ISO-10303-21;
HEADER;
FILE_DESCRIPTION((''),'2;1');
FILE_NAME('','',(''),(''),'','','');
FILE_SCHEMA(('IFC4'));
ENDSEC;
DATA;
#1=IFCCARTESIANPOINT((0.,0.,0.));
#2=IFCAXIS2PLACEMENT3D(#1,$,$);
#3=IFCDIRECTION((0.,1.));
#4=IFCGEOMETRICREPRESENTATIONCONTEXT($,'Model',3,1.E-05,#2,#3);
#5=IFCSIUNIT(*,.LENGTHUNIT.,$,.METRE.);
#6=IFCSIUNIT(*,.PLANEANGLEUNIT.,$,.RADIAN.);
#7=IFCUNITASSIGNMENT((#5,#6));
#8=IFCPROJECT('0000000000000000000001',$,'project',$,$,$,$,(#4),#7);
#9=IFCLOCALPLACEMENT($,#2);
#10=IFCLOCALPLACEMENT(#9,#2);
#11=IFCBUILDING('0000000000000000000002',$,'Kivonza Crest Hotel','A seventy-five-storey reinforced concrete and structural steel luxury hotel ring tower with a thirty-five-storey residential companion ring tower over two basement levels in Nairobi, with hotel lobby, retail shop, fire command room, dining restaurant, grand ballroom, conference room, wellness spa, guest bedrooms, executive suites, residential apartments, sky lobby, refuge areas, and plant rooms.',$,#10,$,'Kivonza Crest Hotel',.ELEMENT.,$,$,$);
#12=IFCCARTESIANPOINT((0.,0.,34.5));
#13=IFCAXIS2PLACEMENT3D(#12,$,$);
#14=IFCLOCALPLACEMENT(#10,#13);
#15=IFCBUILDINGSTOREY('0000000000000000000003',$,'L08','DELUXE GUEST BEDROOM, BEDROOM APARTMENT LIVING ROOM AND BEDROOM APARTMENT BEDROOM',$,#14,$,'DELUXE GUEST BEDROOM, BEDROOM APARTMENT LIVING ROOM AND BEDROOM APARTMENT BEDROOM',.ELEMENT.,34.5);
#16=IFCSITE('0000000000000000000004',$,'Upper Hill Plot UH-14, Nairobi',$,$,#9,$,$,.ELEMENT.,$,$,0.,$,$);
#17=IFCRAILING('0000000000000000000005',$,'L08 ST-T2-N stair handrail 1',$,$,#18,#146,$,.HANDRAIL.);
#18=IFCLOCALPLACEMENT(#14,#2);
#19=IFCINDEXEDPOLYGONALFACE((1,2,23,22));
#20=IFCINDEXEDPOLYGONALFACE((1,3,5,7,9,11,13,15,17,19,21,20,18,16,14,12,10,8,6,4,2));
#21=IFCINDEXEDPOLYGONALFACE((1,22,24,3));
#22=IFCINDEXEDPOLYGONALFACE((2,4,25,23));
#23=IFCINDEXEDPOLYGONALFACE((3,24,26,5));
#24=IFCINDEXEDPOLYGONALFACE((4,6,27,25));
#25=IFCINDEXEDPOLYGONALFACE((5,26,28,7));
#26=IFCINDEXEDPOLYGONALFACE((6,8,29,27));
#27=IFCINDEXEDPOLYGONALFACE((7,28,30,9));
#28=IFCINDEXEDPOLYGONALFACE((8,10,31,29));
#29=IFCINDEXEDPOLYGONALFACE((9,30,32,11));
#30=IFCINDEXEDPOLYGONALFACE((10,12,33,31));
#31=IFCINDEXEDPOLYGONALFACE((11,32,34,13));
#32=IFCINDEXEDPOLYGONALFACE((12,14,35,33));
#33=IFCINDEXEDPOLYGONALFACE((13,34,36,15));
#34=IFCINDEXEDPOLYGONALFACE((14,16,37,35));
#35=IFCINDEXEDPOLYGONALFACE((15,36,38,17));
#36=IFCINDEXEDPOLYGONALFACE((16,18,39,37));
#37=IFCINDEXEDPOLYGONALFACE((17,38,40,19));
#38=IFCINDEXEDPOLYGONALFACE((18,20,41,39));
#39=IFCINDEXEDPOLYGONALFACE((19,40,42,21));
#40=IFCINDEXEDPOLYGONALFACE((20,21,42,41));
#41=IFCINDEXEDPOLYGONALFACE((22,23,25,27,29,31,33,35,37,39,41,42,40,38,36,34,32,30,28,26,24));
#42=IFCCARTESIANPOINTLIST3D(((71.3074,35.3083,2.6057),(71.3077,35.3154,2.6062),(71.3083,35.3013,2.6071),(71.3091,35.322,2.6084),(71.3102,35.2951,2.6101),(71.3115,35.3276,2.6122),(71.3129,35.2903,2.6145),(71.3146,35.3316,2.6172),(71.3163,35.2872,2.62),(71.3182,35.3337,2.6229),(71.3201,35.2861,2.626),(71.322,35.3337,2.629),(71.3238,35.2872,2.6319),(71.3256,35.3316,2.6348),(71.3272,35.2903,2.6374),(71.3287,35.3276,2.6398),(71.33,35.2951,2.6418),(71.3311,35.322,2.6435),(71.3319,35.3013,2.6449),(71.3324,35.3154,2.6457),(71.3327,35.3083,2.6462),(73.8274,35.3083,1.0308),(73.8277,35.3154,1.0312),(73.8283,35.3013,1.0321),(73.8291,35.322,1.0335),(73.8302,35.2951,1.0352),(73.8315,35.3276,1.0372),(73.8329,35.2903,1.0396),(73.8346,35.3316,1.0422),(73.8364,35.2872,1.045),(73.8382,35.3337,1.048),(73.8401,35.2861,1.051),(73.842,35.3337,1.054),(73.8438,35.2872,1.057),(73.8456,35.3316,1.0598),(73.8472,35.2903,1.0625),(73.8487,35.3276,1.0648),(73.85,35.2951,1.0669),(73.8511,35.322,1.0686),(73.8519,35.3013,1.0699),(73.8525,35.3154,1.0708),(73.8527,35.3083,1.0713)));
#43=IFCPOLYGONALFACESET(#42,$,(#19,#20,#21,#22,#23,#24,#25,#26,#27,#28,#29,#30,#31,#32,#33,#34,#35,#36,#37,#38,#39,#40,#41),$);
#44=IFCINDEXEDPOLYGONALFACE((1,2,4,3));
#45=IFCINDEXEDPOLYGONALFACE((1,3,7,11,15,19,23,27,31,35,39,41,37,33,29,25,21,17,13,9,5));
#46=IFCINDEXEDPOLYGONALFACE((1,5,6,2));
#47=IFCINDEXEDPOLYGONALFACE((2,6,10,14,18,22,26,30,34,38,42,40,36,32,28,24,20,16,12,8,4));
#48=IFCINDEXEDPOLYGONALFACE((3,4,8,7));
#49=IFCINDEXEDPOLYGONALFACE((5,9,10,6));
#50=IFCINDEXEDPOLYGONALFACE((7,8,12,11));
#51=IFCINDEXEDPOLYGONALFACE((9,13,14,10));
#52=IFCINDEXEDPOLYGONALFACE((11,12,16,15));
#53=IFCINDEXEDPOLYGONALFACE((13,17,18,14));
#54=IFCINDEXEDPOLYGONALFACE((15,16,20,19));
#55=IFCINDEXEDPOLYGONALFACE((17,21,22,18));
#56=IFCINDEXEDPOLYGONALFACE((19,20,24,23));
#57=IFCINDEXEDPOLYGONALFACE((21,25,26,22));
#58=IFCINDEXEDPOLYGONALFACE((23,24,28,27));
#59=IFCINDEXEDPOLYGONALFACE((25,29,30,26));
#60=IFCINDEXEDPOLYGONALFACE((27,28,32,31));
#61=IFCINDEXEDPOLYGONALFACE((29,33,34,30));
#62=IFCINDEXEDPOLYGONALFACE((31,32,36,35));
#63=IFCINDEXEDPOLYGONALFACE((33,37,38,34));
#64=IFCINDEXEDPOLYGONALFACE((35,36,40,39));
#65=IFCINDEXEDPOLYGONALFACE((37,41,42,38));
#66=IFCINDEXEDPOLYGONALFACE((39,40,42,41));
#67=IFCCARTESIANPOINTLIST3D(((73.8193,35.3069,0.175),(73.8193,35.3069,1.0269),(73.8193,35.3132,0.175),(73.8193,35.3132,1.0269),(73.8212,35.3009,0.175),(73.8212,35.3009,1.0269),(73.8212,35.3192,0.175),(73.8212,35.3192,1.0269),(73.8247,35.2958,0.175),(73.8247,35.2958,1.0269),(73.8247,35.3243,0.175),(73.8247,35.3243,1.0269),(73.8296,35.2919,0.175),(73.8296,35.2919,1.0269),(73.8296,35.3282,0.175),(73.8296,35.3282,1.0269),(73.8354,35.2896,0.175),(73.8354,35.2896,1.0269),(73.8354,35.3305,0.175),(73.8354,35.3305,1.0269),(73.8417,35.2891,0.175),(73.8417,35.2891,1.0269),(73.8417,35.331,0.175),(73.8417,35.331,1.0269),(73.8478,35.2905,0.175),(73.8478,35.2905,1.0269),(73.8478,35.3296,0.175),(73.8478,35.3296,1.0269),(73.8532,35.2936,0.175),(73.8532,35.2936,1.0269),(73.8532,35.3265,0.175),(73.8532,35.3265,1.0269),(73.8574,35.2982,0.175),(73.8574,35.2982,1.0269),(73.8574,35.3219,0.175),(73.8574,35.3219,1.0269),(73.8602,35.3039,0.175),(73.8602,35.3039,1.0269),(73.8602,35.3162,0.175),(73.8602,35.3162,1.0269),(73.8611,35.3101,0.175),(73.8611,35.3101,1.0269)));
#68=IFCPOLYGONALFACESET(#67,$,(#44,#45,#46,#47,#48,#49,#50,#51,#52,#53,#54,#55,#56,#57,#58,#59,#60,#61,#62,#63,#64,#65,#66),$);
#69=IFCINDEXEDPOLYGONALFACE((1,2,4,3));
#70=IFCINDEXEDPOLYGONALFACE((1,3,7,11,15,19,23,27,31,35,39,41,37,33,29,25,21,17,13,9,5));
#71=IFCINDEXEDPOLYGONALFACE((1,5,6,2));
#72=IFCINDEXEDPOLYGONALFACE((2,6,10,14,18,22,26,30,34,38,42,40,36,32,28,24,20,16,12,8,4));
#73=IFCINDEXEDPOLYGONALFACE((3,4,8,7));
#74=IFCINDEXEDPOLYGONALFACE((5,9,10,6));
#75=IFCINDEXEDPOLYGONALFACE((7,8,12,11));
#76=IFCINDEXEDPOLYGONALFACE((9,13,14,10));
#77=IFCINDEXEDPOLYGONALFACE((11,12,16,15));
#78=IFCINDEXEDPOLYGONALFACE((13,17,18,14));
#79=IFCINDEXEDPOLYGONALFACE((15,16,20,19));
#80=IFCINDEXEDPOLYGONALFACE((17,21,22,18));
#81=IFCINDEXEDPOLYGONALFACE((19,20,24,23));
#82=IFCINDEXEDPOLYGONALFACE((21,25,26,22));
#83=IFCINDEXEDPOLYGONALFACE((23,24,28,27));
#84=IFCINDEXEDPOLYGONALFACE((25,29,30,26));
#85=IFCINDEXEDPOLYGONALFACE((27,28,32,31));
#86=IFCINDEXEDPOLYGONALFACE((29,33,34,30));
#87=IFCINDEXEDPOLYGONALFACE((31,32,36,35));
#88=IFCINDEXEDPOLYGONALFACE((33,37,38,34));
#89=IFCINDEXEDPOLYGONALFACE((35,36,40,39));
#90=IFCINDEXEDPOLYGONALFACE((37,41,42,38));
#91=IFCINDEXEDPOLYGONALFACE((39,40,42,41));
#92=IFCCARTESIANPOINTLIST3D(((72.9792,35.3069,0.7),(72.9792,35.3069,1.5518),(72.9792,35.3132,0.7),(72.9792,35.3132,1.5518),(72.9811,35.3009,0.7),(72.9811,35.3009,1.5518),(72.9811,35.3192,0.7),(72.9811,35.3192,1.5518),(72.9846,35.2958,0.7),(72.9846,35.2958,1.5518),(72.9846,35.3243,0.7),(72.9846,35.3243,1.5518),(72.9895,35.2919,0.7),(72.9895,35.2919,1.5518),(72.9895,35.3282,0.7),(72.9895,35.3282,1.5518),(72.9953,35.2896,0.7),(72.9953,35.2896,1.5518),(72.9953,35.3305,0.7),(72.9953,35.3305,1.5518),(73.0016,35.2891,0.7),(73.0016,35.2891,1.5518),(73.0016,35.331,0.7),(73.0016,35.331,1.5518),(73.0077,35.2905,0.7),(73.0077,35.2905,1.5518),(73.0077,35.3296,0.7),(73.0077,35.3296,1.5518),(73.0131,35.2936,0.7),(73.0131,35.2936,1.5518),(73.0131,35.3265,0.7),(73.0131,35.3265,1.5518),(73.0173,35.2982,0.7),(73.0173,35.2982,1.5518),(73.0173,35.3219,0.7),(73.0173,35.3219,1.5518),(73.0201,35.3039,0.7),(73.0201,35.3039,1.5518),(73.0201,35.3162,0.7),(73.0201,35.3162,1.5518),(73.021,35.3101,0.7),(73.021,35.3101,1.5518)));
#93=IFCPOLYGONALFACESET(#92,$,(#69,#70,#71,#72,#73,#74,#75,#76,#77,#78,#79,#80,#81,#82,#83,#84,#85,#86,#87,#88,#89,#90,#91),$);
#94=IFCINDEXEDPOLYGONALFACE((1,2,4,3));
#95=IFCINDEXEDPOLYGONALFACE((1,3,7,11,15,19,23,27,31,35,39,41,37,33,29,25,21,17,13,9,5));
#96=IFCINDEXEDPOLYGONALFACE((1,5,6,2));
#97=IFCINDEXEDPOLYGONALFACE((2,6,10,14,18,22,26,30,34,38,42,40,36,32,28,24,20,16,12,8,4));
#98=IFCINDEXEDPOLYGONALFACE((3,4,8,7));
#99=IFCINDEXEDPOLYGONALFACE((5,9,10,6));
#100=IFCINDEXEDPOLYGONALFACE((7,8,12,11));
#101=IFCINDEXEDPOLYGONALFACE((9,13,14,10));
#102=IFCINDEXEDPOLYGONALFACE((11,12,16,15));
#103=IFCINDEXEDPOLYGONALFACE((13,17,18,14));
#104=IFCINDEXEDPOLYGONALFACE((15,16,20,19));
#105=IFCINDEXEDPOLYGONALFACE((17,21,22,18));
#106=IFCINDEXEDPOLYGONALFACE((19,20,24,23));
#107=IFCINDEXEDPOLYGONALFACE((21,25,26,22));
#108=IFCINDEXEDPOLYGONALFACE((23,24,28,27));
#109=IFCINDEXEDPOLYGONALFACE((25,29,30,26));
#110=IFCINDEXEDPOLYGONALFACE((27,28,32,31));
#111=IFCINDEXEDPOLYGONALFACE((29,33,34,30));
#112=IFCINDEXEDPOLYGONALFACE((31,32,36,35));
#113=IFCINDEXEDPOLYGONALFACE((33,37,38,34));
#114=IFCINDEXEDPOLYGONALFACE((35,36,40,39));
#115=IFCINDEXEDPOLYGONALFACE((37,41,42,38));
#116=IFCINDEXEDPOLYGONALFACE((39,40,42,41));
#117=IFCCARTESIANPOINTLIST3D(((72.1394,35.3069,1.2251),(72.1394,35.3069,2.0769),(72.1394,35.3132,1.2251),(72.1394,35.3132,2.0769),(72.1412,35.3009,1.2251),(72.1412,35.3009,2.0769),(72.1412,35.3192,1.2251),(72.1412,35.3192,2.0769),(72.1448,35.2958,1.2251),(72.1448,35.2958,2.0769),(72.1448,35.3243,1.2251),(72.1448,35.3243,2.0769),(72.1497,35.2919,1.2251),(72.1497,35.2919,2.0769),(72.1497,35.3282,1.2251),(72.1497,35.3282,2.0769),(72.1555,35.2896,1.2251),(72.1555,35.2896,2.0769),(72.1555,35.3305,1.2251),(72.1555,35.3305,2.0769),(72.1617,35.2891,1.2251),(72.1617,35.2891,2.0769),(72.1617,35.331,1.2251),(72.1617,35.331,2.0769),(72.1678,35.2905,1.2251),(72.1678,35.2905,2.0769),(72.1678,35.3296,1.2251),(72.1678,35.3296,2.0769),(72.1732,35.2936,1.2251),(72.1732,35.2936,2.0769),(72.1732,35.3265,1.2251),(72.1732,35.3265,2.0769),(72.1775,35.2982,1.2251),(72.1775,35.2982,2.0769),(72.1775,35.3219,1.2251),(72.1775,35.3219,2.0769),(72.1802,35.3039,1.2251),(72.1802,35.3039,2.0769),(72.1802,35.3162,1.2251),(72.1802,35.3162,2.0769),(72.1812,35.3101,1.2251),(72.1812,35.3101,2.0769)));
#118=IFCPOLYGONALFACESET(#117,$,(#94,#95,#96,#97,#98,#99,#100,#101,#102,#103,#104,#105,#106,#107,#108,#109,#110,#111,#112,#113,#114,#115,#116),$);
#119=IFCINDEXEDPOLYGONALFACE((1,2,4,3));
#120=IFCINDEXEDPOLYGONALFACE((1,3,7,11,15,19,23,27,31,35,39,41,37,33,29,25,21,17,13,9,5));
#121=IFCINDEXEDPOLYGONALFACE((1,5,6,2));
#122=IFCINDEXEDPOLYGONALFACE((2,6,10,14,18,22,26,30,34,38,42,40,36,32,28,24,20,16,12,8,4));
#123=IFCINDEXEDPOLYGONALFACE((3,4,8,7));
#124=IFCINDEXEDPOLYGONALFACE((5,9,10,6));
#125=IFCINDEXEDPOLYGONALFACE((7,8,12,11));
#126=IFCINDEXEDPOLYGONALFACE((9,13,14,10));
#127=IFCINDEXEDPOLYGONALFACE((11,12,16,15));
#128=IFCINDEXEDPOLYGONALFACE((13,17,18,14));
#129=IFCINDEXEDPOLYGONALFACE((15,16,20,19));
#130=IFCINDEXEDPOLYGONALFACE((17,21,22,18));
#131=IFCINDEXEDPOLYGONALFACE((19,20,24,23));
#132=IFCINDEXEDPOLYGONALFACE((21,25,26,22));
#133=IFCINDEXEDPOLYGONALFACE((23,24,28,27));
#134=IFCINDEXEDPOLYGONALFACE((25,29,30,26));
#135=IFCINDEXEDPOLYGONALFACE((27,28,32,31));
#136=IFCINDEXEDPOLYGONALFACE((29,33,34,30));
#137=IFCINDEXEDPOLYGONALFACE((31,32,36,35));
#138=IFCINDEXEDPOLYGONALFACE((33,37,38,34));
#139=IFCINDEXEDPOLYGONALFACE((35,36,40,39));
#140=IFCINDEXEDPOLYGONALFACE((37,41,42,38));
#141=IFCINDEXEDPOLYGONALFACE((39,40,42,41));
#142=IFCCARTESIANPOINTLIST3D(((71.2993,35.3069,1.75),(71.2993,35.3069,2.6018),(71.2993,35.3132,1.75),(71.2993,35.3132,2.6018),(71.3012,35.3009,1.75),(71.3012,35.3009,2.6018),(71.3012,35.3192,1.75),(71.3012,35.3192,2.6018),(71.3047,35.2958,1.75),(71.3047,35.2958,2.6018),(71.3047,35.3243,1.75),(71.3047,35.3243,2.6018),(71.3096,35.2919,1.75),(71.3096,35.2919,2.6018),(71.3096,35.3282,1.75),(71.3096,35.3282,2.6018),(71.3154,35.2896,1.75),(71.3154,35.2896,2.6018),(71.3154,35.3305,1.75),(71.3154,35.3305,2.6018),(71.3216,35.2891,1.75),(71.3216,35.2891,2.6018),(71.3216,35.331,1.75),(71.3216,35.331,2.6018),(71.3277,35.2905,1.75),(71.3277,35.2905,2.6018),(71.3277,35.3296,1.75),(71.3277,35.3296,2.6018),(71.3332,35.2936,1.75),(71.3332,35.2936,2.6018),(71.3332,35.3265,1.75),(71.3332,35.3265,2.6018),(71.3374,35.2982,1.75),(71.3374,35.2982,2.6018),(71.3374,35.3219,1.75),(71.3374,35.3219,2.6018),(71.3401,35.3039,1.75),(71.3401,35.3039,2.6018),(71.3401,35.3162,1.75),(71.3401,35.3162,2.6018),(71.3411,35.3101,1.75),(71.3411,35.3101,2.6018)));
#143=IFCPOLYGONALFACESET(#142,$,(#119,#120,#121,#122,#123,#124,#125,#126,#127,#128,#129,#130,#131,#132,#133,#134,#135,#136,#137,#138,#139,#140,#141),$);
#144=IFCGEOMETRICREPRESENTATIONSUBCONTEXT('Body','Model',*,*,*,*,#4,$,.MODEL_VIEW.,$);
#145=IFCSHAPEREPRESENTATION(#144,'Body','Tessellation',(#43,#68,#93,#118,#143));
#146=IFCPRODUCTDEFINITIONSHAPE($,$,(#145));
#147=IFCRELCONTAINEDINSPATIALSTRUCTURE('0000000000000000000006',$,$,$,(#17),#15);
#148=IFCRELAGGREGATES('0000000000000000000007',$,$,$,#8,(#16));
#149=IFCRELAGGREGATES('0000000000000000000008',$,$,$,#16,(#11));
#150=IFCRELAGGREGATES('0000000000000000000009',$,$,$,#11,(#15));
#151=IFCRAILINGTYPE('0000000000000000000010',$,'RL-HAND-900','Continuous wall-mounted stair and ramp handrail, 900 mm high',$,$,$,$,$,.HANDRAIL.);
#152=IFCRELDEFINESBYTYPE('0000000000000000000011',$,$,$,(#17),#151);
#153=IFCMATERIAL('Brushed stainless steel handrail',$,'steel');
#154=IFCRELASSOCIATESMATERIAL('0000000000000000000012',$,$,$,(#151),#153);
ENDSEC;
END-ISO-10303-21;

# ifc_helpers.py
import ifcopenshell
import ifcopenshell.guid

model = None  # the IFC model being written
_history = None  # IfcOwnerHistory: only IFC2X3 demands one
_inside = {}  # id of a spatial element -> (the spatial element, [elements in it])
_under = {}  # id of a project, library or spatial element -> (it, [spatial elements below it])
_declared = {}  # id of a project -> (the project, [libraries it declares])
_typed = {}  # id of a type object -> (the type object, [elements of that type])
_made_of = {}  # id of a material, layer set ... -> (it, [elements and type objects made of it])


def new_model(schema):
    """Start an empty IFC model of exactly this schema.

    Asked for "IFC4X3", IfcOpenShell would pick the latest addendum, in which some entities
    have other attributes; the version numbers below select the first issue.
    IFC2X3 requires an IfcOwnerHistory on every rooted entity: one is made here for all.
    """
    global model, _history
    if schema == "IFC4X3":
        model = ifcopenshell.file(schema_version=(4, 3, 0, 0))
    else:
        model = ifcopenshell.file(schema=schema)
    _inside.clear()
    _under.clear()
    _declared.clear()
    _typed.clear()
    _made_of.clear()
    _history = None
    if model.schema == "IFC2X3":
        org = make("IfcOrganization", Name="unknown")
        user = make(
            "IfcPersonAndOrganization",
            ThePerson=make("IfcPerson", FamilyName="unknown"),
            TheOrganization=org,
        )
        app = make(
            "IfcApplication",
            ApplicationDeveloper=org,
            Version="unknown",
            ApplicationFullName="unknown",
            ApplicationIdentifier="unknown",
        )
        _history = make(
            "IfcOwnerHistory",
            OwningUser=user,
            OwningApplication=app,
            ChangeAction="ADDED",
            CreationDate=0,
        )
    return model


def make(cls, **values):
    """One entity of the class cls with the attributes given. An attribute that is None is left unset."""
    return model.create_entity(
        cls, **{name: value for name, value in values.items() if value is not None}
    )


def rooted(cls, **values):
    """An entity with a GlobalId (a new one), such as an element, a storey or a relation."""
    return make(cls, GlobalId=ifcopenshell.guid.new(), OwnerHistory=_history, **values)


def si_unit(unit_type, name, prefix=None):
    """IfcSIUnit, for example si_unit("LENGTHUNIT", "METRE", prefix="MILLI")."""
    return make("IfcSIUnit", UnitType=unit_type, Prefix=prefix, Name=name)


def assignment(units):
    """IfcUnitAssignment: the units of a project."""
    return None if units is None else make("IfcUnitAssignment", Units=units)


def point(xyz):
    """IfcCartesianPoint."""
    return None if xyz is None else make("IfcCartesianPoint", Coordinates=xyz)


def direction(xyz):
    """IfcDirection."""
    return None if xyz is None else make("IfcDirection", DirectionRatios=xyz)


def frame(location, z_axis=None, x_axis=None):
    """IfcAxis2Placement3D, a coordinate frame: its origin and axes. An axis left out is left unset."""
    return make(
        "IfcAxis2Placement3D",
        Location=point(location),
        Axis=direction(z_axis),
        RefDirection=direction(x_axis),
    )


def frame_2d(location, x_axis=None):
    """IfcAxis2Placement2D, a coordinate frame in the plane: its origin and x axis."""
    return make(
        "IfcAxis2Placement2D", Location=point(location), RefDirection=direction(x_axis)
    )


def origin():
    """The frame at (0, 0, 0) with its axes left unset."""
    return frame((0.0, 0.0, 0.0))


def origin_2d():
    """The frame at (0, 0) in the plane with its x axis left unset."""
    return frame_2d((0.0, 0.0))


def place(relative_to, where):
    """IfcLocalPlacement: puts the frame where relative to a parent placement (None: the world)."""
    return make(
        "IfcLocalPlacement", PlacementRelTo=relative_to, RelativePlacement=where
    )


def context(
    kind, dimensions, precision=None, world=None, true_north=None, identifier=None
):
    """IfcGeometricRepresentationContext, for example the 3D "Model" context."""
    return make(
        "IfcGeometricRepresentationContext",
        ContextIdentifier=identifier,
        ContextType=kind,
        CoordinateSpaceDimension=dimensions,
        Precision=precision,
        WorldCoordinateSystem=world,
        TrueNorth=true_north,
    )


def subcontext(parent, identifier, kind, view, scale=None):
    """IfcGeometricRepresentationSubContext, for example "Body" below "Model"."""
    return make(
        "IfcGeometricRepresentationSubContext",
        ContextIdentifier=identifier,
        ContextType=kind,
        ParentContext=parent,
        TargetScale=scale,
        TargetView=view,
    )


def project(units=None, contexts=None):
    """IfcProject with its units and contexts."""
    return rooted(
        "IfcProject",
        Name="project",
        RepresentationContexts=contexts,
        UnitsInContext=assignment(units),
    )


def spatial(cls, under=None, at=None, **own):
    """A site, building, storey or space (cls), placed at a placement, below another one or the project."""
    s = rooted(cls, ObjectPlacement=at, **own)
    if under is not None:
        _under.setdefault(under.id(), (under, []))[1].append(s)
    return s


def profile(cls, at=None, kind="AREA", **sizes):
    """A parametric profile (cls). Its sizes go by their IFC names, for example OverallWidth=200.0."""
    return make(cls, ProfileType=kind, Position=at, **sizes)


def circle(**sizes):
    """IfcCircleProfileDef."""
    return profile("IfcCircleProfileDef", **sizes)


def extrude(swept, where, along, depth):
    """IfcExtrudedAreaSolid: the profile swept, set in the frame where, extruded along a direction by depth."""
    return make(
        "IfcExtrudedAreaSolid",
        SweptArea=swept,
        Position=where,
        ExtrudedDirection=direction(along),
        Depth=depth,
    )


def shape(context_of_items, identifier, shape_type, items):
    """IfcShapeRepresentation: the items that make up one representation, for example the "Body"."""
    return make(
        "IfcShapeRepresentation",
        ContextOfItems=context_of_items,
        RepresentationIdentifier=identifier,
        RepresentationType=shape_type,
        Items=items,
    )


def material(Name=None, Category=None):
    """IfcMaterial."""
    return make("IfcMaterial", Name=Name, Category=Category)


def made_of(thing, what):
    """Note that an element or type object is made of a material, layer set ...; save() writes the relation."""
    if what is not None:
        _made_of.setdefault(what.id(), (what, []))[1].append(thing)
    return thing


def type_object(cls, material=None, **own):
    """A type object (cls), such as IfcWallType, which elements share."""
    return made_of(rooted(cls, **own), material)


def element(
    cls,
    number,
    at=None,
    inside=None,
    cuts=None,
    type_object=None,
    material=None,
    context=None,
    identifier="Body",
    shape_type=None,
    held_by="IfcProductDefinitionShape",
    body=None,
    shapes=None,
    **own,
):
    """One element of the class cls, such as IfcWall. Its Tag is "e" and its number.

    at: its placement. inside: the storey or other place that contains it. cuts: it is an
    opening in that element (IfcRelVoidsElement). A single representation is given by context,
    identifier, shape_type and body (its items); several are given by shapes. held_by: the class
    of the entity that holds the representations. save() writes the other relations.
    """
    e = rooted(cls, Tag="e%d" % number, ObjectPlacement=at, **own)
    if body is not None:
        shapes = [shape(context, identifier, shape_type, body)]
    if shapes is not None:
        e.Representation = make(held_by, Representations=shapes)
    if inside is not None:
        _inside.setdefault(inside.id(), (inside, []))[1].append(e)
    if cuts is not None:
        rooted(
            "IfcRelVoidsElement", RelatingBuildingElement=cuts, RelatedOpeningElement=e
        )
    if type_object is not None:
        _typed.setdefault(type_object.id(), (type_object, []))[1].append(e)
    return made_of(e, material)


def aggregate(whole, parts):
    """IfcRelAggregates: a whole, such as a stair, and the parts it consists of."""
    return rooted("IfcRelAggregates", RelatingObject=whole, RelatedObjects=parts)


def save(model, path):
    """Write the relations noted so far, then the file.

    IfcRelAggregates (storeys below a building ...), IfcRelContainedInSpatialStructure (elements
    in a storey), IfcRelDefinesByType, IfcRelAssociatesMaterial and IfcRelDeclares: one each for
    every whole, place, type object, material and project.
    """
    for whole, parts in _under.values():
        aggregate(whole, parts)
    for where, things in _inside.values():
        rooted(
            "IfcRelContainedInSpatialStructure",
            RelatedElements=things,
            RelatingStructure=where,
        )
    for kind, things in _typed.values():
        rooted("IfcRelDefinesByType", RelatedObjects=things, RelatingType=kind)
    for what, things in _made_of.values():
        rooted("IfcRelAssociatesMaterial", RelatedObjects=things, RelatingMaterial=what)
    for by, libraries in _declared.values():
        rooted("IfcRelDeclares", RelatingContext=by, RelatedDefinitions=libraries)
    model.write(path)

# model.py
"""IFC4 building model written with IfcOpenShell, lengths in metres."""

from ifc_helpers import new_model, si_unit, direction, frame, origin, origin_2d, place, context, subcontext, project, spatial, circle, extrude, material, type_object, element, save


model = new_model("IFC4")

# Units and contexts
model_context = context("Model", 3, precision=1e-05, world=origin(), true_north=direction((0.0, 1.0)))
body_context = subcontext(model_context, "Body", "Model", "MODEL_VIEW")
ifc_project = project(units=[si_unit("LENGTHUNIT", "METRE"), si_unit("PLANEANGLEUNIT", "RADIAN")], contexts=[model_context])

# Site, building, storey
site_placement = place(None, origin())
site = spatial("IfcSite", under=ifc_project, at=site_placement, Name="Upper Hill Plot UH-14, Nairobi", CompositionType="ELEMENT", RefElevation=0.0)
building_placement = place(site_placement, origin())
building = spatial("IfcBuilding", under=site, at=building_placement, Name="Kivonza Crest Hotel", Description="A seventy-five-storey reinforced concrete and structural steel luxury hotel ring tower with a thirty-five-storey residential companion ring tower over two basement levels in Nairobi, with hotel lobby, retail shop, fire command room, dining restaurant, grand ballroom, conference room, wellness spa, guest bedrooms, executive suites, residential apartments, sky lobby, refuge areas, and plant rooms.", LongName="Kivonza Crest Hotel", CompositionType="ELEMENT")
storey_placement = place(building_placement, frame((0.0, 0.0, 34.5)))
storey = spatial("IfcBuildingStorey", under=building, at=storey_placement, Name="L08", Description="DELUXE GUEST BEDROOM, BEDROOM APARTMENT LIVING ROOM AND BEDROOM APARTMENT BEDROOM", LongName="DELUXE GUEST BEDROOM, BEDROOM APARTMENT LIVING ROOM AND BEDROOM APARTMENT BEDROOM", CompositionType="ELEMENT", Elevation=34.5)

# Railing
ifc_material_1 = material(Name="Brushed stainless steel handrail", Category="steel")
railing_type_1 = type_object("IfcRailingType", Name="RL-HAND-900", Description="Continuous wall-mounted stair and ramp handrail, 900 mm high", PredefinedType="HANDRAIL", material=ifc_material_1)
railing_1_placement = place(storey_placement, frame((73.8401, 35.3101, 0.175)))
element("IfcRailing", 1, at=railing_1_placement, inside=storey, type_object=railing_type_1, Name="L08 ST-T2-N stair handrail 1", PredefinedType="HANDRAIL", context=body_context, shape_type="SweptSolid", body=[
    extrude(circle(Radius=0.0239, at=origin_2d()), frame((0.0, 0.0, 0.876), z_axis=(-0.848008, 0.0, 0.529984), x_axis=(0.0, -1.0, 0.0)), (0.0, 0.0, 1.0), 2.9717),
    extrude(circle(Radius=0.021, at=origin_2d()), origin(), (0.0, 0.0, 1.0), 0.8518),
    extrude(circle(Radius=0.021, at=origin_2d()), frame((-0.8401, 0.0, 0.5249)), (0.0, 0.0, 1.0), 0.8518),
    extrude(circle(Radius=0.021, at=origin_2d()), frame((-1.6799, 0.0, 1.05)), (0.0, 0.0, 1.0), 0.8518),
    extrude(circle(Radius=0.021, at=origin_2d()), frame((-2.52, 0.0, 1.575)), (0.0, 0.0, 1.0), 0.8518),
])

save(model, "model.ifc")
